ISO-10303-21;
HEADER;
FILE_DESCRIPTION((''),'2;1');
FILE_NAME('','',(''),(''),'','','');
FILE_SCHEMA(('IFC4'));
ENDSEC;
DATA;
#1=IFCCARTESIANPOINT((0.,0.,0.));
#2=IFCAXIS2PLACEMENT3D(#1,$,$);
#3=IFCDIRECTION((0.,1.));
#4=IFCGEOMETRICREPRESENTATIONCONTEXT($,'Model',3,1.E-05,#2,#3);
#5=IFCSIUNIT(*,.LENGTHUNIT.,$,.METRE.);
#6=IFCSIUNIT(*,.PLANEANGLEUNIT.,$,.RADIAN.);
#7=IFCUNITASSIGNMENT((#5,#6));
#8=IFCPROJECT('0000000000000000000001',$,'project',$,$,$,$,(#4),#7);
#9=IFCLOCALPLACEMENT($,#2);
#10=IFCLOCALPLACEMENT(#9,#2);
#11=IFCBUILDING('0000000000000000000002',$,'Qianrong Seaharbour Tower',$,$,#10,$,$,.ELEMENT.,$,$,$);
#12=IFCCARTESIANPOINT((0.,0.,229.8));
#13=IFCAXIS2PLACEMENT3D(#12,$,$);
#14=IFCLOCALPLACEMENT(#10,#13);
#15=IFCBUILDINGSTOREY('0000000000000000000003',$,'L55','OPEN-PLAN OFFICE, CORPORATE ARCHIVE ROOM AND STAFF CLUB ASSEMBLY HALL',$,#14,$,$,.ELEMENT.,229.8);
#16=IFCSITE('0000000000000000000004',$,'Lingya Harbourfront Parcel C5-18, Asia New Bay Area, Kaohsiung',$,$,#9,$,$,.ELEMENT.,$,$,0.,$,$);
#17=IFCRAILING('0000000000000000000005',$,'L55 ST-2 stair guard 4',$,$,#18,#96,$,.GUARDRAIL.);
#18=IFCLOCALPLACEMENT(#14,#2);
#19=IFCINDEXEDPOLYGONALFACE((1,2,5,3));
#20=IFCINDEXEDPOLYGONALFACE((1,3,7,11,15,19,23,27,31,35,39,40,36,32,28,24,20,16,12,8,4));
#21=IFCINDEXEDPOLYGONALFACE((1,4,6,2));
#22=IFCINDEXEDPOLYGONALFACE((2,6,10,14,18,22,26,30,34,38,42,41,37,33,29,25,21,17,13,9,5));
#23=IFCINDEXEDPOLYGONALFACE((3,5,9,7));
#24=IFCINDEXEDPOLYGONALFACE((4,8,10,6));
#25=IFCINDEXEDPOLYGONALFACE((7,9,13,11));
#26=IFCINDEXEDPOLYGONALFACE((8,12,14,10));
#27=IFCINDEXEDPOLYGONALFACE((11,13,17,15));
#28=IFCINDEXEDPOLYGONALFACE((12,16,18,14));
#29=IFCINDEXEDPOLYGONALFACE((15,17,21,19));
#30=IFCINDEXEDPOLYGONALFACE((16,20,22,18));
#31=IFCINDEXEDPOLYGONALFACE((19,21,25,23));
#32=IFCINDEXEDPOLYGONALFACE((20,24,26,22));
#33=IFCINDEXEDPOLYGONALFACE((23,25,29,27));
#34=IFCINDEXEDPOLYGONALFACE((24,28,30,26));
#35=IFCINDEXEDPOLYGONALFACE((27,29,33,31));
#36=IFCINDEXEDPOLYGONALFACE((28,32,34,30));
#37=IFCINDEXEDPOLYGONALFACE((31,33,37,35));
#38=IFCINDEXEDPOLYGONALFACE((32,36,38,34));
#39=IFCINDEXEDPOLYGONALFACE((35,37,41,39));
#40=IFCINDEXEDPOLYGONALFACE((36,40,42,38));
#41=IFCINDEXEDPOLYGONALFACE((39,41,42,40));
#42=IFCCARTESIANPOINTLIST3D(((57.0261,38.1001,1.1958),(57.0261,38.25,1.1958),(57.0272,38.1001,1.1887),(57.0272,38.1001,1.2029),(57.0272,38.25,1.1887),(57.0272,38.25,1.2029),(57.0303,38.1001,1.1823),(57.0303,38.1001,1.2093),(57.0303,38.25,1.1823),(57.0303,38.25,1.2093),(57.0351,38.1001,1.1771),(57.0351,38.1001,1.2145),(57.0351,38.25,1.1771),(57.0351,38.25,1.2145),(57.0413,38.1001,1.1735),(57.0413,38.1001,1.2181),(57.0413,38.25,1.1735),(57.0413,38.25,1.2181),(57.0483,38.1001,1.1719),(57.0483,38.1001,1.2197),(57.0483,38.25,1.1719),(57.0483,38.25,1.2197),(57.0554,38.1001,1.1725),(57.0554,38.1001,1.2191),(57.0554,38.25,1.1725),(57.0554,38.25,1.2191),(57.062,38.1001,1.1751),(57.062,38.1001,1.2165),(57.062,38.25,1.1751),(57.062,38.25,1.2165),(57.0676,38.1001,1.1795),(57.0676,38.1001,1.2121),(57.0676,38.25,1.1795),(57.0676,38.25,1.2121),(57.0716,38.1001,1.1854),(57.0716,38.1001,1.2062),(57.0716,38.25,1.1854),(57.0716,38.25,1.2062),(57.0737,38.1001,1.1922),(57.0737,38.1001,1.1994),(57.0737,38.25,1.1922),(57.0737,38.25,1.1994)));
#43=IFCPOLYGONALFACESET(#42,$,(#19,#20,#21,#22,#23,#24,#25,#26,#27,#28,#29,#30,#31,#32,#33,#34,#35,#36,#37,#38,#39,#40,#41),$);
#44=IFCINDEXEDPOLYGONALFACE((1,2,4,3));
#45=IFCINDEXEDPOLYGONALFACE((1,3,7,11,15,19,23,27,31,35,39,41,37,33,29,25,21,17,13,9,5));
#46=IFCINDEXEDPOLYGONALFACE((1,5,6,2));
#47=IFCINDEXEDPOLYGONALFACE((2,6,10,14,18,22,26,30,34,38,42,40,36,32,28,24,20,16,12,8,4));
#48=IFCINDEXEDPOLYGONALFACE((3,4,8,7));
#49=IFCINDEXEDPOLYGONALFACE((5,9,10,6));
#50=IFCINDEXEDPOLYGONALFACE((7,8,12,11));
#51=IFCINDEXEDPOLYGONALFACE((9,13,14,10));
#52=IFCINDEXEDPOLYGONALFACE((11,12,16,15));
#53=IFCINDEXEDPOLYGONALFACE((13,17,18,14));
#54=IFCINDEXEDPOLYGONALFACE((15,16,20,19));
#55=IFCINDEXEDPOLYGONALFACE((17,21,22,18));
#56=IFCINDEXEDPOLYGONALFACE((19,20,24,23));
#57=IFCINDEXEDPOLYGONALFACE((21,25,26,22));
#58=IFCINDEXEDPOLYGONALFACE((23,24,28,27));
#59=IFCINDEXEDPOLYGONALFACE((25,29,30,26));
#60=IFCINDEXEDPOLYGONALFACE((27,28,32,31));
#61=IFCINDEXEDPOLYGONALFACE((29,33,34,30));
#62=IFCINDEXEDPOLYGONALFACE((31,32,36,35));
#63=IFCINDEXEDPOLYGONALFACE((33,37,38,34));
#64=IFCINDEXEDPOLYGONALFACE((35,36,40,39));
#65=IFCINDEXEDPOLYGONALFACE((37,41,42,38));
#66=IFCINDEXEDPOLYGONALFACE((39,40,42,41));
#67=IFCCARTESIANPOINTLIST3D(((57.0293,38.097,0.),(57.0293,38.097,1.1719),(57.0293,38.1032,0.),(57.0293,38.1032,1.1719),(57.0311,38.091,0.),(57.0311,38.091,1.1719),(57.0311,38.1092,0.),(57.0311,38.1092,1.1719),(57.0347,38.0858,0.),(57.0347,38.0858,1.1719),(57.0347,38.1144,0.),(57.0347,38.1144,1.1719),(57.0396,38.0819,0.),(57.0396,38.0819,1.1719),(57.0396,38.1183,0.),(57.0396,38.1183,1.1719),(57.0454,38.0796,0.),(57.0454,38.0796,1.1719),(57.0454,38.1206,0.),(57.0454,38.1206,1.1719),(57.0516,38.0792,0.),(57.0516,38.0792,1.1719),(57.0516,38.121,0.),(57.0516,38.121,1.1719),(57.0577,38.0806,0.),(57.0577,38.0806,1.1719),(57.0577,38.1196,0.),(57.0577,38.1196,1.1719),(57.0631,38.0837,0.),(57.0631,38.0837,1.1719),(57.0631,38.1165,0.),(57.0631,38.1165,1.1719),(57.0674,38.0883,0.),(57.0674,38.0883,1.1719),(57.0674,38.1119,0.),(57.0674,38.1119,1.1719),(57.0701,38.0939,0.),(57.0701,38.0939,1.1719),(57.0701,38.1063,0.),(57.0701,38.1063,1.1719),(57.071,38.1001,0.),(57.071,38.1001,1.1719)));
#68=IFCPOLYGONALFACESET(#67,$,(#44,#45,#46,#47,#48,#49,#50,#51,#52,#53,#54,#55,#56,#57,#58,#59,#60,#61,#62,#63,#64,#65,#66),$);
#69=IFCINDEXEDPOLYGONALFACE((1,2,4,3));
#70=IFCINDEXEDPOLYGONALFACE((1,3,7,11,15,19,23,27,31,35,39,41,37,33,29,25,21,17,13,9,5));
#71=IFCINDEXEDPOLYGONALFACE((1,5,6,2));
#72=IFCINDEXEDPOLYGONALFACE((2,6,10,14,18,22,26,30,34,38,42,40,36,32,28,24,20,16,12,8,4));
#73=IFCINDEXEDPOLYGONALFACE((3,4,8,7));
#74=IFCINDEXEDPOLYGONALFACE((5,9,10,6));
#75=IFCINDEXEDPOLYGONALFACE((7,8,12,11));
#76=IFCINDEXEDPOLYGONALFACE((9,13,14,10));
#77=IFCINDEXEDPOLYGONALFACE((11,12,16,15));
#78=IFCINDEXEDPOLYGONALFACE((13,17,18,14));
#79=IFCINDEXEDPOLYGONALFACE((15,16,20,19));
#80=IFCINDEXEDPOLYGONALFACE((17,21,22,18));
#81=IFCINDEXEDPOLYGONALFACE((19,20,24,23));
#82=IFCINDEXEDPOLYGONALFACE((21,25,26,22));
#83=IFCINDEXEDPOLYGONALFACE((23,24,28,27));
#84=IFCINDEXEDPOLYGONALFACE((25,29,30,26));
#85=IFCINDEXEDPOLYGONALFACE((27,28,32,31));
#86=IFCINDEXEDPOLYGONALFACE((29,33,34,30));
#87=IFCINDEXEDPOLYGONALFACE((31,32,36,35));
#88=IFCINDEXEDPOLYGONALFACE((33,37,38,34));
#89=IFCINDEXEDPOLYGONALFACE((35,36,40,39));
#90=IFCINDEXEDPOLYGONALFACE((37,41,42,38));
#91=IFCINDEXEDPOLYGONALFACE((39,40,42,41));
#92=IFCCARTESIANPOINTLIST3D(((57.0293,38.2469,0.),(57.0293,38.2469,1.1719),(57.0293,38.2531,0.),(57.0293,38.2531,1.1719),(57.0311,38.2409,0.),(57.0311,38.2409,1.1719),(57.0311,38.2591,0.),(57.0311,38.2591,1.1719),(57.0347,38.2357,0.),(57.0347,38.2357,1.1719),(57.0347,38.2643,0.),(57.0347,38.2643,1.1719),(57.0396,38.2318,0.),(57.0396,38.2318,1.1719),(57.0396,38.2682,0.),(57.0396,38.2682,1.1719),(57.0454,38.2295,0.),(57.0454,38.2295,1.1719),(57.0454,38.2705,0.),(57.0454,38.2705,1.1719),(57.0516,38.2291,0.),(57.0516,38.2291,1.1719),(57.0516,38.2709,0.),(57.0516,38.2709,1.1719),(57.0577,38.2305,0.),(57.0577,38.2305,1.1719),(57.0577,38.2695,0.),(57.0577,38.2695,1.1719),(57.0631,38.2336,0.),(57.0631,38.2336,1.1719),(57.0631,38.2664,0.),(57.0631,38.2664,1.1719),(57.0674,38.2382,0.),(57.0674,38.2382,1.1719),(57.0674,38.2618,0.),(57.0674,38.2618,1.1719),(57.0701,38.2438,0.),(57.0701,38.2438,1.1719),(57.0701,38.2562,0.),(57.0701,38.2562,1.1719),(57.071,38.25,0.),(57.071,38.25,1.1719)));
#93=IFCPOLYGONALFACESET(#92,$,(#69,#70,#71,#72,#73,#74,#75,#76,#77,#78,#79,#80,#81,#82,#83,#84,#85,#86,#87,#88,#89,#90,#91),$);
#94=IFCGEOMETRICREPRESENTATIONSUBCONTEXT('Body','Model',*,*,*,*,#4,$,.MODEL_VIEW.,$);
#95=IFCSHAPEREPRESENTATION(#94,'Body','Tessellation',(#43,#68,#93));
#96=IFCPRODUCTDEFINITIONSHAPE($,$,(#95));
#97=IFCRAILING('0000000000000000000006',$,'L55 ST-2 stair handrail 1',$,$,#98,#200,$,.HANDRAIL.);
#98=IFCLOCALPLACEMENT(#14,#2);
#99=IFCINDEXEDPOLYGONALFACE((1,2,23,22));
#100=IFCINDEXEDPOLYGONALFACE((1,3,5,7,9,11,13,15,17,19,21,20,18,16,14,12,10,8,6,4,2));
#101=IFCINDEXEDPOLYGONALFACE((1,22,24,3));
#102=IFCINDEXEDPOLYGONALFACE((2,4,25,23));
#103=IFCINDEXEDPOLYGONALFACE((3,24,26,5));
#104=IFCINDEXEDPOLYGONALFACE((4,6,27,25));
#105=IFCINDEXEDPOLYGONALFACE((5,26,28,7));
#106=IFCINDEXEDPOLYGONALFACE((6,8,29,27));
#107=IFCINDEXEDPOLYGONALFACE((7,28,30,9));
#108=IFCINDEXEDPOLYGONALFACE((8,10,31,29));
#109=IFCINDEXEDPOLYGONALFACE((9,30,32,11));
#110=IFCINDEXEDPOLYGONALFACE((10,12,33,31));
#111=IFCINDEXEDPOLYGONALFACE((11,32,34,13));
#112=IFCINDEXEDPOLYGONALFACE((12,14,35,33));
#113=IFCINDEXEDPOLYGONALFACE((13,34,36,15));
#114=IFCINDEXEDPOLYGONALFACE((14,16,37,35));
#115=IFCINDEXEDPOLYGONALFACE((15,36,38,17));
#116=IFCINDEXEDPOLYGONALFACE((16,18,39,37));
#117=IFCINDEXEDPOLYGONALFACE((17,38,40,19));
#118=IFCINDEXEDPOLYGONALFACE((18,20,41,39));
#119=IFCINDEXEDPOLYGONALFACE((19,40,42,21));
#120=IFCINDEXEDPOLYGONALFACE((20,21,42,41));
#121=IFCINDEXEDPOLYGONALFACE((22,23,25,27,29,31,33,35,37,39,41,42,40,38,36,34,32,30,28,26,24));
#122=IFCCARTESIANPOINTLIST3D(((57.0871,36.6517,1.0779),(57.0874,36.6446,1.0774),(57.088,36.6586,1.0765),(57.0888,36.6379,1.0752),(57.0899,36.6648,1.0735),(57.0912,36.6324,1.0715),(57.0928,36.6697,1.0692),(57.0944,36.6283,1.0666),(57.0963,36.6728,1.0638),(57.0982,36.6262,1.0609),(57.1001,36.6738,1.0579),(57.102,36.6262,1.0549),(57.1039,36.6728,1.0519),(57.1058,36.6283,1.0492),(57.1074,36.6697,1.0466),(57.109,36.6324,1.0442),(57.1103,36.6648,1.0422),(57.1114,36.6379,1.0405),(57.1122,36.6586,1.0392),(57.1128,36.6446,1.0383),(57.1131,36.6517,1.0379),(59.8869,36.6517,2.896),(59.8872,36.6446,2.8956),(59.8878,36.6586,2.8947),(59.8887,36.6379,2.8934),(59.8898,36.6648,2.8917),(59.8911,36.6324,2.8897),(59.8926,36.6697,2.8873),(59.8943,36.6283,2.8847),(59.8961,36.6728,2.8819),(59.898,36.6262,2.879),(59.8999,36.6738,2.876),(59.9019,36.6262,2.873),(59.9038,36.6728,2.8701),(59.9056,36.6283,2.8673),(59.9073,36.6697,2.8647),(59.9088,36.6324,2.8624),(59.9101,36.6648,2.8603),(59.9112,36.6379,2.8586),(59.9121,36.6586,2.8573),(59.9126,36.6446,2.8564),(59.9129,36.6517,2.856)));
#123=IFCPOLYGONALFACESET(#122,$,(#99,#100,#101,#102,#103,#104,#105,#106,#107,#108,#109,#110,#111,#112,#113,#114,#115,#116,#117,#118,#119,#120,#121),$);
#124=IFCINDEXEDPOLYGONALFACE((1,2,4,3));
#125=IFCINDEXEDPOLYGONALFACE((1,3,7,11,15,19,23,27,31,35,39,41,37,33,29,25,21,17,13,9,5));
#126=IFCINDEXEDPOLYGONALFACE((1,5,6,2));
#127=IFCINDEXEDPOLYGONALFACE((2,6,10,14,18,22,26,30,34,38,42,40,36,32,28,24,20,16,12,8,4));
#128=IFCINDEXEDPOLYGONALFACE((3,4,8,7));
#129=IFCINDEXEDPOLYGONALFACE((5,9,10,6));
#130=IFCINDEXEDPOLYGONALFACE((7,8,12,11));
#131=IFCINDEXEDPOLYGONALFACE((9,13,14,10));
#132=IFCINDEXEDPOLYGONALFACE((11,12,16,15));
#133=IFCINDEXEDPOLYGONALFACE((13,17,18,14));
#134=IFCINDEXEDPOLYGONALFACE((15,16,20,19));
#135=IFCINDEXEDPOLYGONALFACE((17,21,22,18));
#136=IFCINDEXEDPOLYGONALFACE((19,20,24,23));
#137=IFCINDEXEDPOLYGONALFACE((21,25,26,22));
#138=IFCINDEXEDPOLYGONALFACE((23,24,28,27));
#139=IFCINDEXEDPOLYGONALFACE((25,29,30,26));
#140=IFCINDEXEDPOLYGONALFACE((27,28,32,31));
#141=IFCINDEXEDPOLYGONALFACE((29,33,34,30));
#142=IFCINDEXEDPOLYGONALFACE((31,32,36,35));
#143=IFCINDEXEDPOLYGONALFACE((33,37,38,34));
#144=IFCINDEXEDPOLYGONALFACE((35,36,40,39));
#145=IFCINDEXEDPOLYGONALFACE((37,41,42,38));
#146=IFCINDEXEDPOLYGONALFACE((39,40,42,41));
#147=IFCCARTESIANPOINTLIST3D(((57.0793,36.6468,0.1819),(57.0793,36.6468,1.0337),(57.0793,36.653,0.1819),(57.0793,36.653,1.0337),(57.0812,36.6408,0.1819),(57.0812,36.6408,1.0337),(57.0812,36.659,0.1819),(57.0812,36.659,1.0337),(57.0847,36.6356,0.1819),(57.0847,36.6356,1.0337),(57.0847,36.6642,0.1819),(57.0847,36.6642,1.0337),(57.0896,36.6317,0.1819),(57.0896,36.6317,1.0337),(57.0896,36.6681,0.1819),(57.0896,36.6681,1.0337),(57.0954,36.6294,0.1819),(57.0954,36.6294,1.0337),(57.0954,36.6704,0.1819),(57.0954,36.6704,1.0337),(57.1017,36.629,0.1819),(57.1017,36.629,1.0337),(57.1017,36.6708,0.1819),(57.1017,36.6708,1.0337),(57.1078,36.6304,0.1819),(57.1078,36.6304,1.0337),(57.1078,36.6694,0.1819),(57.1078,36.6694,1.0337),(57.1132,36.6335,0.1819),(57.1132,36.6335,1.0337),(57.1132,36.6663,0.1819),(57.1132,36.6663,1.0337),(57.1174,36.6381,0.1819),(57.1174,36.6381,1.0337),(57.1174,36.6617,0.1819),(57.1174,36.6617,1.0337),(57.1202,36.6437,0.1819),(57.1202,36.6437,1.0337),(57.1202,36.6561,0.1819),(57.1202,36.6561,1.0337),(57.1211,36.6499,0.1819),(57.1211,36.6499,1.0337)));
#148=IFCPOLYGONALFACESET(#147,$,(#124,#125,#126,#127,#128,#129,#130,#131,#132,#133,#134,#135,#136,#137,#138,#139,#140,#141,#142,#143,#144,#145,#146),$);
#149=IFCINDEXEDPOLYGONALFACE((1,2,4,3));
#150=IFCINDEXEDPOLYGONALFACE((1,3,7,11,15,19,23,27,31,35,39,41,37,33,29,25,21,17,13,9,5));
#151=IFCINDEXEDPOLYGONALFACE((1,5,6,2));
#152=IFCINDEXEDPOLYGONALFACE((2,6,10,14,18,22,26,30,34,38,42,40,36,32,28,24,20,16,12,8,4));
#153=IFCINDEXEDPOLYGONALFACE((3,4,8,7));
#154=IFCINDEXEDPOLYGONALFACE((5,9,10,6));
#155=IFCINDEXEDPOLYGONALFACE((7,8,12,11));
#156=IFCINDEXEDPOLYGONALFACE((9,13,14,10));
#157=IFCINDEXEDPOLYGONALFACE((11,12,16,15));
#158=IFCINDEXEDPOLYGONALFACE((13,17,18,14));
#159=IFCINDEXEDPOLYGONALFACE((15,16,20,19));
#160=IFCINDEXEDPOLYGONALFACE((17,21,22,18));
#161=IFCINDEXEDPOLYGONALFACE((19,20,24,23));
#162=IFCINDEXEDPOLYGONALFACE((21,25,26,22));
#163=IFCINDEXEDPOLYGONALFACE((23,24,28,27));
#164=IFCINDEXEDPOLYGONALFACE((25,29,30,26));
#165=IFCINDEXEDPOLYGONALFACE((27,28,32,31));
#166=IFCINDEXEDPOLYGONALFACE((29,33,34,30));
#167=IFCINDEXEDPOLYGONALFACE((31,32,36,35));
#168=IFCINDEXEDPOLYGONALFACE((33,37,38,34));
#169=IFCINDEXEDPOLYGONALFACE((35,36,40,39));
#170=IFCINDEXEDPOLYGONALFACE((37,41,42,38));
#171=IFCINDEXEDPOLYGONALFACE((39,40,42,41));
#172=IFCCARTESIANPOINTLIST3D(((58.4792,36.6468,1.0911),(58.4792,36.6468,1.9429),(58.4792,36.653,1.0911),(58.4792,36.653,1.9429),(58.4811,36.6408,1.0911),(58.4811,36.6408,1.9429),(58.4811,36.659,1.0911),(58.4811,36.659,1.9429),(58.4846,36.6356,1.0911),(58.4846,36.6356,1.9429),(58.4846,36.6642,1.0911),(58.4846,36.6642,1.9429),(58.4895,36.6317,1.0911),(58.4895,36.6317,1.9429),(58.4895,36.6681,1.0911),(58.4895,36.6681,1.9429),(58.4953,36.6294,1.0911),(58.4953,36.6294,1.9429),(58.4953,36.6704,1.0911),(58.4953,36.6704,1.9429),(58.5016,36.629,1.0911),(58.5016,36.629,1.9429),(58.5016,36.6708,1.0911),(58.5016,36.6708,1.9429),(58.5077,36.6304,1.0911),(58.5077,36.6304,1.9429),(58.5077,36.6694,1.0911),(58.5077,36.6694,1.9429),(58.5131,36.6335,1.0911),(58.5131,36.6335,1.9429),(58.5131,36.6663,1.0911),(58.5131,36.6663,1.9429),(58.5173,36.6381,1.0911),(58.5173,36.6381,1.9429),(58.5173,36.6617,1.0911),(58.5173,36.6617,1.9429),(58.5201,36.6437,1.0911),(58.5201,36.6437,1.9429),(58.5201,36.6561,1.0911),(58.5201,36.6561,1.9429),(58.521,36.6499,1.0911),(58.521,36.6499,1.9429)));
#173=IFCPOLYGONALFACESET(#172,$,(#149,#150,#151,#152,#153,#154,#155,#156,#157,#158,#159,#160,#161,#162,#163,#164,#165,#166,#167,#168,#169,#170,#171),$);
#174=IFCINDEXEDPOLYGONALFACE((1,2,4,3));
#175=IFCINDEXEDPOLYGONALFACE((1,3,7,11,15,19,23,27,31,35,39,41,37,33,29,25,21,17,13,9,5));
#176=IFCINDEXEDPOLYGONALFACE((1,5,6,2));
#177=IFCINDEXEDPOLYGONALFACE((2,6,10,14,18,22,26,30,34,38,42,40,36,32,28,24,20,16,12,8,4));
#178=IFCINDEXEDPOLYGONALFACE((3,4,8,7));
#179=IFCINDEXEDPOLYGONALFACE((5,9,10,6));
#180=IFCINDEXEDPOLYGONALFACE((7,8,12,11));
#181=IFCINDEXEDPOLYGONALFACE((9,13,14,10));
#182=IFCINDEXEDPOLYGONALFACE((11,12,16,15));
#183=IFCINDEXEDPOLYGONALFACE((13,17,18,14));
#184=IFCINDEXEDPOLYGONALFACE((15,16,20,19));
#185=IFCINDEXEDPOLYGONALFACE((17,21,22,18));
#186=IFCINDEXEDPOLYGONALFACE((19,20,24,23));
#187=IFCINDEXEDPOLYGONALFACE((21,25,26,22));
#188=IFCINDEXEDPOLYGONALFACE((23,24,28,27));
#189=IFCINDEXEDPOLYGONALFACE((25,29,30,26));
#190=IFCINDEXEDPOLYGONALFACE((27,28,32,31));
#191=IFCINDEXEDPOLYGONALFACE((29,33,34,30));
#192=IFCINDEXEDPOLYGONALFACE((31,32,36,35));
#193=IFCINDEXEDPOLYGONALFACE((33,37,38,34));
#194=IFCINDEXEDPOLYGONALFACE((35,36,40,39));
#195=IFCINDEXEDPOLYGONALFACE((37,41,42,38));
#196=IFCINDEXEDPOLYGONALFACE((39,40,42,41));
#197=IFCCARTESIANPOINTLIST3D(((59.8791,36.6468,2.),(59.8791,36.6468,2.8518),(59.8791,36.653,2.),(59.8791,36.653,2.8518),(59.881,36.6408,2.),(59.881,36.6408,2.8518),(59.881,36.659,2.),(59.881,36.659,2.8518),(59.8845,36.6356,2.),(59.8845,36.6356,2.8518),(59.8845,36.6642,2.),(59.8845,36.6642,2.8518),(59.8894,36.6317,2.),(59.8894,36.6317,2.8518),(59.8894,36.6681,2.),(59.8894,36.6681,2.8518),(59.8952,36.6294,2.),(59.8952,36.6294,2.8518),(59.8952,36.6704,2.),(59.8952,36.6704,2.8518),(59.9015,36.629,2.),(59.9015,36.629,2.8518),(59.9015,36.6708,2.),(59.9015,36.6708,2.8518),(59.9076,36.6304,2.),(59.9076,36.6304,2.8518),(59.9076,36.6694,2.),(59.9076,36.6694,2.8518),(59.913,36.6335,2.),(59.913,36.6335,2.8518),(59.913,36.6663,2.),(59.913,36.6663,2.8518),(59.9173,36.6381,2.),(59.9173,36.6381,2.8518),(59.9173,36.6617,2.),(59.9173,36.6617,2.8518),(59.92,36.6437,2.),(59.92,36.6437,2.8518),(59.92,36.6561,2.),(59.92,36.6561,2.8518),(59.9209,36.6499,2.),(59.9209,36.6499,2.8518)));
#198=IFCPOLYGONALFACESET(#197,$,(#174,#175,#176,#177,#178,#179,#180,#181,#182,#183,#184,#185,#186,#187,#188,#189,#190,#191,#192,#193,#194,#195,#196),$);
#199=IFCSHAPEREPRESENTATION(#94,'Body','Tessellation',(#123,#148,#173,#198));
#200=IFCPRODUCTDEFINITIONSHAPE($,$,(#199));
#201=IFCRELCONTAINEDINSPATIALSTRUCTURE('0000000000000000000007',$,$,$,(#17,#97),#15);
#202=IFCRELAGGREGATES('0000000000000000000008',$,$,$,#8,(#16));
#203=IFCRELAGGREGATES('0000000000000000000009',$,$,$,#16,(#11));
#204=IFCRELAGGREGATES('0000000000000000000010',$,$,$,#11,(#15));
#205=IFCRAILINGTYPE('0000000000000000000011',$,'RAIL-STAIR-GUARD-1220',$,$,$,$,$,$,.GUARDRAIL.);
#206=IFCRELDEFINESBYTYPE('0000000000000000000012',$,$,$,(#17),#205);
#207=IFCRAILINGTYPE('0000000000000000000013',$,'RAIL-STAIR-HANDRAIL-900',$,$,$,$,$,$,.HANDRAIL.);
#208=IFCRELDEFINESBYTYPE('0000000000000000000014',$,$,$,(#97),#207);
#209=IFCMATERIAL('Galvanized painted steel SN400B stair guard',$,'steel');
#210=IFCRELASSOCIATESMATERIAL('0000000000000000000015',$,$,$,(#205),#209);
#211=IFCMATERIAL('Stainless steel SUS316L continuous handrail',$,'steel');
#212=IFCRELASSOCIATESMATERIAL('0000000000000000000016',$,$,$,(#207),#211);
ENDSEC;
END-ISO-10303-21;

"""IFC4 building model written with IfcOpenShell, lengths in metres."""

from ifc_helpers import new_model, si_unit, direction, frame, origin, origin_2d, place, context, subcontext, project, spatial, circle, extrude, material, type_object, element, save


model = new_model("IFC4")

# Units and contexts
model_context = context("Model", 3, precision=1e-05, world=origin(), true_north=direction((0.0, 1.0)))
body_context = subcontext(model_context, "Body", "Model", "MODEL_VIEW")
ifc_project = project(units=[si_unit("LENGTHUNIT", "METRE"), si_unit("PLANEANGLEUNIT", "RADIAN")], contexts=[model_context])

# Site, building, storey
site_placement = place(None, origin())
site = spatial("IfcSite", under=ifc_project, at=site_placement, Name="Lingya Harbourfront Parcel C5-18, Asia New Bay Area, Kaohsiung", CompositionType="ELEMENT", RefElevation=0.0)
building_placement = place(site_placement, origin())
building = spatial("IfcBuilding", under=site, at=building_placement, Name="Qianrong Seaharbour Tower", CompositionType="ELEMENT")
storey_placement = place(building_placement, frame((0.0, 0.0, 229.8)))
storey = spatial("IfcBuildingStorey", under=building, at=storey_placement, Name="L55", Description="OPEN-PLAN OFFICE, CORPORATE ARCHIVE ROOM AND STAFF CLUB ASSEMBLY HALL", CompositionType="ELEMENT", Elevation=229.8)

# Railings
ifc_material_1 = material(Name="Galvanized painted steel SN400B stair guard", Category="steel")
railing_type_1 = type_object("IfcRailingType", Name="RAIL-STAIR-GUARD-1220", PredefinedType="GUARDRAIL", material=ifc_material_1)
railing_1_placement = place(storey_placement, frame((57.05, 38.1001, 0.0)))
element("IfcRailing", 1, at=railing_1_placement, inside=storey, type_object=railing_type_1, Name="L55 ST-2 stair guard 4", PredefinedType="GUARDRAIL", context=body_context, shape_type="SweptSolid", body=[
    extrude(circle(Radius=0.0239, at=origin_2d()), frame((0.0, 0.0, 1.1958), z_axis=(0.0, 1.0, 0.0), x_axis=(-1.0, 0.0, 0.0)), (0.0, 0.0, 1.0), 0.1499),
    extrude(circle(Radius=0.021, at=origin_2d()), origin(), (0.0, 0.0, 1.0), 1.1719),
    extrude(circle(Radius=0.021, at=origin_2d()), frame((0.0, 0.1499, 0.0)), (0.0, 0.0, 1.0), 1.1719),
])
ifc_material_2 = material(Name="Stainless steel SUS316L continuous handrail", Category="steel")
railing_type_2 = type_object("IfcRailingType", Name="RAIL-STAIR-HANDRAIL-900", PredefinedType="HANDRAIL", material=ifc_material_2)
railing_2_placement = place(storey_placement, frame((57.1001, 36.6499, 0.1819)))
element("IfcRailing", 2, at=railing_2_placement, inside=storey, type_object=railing_type_2, Name="L55 ST-2 stair handrail 1", PredefinedType="HANDRAIL", context=body_context, shape_type="SweptSolid", body=[
    extrude(circle(Radius=0.0239, at=origin_2d()), frame((0.0, 0.0, 0.876), z_axis=(0.838684, 0.0, 0.544618), x_axis=(0.0, 1.0, 0.0)), (0.0, 0.0, 1.0), 3.3384),
    extrude(circle(Radius=0.021, at=origin_2d()), origin(), (0.0, 0.0, 1.0), 0.8518),
    extrude(circle(Radius=0.021, at=origin_2d()), frame((1.3999, 0.0, 0.9092)), (0.0, 0.0, 1.0), 0.8518),
    extrude(circle(Radius=0.021, at=origin_2d()), frame((2.7998, 0.0, 1.8181)), (0.0, 0.0, 1.0), 0.8518),
])

save(model, "model.ifc")
